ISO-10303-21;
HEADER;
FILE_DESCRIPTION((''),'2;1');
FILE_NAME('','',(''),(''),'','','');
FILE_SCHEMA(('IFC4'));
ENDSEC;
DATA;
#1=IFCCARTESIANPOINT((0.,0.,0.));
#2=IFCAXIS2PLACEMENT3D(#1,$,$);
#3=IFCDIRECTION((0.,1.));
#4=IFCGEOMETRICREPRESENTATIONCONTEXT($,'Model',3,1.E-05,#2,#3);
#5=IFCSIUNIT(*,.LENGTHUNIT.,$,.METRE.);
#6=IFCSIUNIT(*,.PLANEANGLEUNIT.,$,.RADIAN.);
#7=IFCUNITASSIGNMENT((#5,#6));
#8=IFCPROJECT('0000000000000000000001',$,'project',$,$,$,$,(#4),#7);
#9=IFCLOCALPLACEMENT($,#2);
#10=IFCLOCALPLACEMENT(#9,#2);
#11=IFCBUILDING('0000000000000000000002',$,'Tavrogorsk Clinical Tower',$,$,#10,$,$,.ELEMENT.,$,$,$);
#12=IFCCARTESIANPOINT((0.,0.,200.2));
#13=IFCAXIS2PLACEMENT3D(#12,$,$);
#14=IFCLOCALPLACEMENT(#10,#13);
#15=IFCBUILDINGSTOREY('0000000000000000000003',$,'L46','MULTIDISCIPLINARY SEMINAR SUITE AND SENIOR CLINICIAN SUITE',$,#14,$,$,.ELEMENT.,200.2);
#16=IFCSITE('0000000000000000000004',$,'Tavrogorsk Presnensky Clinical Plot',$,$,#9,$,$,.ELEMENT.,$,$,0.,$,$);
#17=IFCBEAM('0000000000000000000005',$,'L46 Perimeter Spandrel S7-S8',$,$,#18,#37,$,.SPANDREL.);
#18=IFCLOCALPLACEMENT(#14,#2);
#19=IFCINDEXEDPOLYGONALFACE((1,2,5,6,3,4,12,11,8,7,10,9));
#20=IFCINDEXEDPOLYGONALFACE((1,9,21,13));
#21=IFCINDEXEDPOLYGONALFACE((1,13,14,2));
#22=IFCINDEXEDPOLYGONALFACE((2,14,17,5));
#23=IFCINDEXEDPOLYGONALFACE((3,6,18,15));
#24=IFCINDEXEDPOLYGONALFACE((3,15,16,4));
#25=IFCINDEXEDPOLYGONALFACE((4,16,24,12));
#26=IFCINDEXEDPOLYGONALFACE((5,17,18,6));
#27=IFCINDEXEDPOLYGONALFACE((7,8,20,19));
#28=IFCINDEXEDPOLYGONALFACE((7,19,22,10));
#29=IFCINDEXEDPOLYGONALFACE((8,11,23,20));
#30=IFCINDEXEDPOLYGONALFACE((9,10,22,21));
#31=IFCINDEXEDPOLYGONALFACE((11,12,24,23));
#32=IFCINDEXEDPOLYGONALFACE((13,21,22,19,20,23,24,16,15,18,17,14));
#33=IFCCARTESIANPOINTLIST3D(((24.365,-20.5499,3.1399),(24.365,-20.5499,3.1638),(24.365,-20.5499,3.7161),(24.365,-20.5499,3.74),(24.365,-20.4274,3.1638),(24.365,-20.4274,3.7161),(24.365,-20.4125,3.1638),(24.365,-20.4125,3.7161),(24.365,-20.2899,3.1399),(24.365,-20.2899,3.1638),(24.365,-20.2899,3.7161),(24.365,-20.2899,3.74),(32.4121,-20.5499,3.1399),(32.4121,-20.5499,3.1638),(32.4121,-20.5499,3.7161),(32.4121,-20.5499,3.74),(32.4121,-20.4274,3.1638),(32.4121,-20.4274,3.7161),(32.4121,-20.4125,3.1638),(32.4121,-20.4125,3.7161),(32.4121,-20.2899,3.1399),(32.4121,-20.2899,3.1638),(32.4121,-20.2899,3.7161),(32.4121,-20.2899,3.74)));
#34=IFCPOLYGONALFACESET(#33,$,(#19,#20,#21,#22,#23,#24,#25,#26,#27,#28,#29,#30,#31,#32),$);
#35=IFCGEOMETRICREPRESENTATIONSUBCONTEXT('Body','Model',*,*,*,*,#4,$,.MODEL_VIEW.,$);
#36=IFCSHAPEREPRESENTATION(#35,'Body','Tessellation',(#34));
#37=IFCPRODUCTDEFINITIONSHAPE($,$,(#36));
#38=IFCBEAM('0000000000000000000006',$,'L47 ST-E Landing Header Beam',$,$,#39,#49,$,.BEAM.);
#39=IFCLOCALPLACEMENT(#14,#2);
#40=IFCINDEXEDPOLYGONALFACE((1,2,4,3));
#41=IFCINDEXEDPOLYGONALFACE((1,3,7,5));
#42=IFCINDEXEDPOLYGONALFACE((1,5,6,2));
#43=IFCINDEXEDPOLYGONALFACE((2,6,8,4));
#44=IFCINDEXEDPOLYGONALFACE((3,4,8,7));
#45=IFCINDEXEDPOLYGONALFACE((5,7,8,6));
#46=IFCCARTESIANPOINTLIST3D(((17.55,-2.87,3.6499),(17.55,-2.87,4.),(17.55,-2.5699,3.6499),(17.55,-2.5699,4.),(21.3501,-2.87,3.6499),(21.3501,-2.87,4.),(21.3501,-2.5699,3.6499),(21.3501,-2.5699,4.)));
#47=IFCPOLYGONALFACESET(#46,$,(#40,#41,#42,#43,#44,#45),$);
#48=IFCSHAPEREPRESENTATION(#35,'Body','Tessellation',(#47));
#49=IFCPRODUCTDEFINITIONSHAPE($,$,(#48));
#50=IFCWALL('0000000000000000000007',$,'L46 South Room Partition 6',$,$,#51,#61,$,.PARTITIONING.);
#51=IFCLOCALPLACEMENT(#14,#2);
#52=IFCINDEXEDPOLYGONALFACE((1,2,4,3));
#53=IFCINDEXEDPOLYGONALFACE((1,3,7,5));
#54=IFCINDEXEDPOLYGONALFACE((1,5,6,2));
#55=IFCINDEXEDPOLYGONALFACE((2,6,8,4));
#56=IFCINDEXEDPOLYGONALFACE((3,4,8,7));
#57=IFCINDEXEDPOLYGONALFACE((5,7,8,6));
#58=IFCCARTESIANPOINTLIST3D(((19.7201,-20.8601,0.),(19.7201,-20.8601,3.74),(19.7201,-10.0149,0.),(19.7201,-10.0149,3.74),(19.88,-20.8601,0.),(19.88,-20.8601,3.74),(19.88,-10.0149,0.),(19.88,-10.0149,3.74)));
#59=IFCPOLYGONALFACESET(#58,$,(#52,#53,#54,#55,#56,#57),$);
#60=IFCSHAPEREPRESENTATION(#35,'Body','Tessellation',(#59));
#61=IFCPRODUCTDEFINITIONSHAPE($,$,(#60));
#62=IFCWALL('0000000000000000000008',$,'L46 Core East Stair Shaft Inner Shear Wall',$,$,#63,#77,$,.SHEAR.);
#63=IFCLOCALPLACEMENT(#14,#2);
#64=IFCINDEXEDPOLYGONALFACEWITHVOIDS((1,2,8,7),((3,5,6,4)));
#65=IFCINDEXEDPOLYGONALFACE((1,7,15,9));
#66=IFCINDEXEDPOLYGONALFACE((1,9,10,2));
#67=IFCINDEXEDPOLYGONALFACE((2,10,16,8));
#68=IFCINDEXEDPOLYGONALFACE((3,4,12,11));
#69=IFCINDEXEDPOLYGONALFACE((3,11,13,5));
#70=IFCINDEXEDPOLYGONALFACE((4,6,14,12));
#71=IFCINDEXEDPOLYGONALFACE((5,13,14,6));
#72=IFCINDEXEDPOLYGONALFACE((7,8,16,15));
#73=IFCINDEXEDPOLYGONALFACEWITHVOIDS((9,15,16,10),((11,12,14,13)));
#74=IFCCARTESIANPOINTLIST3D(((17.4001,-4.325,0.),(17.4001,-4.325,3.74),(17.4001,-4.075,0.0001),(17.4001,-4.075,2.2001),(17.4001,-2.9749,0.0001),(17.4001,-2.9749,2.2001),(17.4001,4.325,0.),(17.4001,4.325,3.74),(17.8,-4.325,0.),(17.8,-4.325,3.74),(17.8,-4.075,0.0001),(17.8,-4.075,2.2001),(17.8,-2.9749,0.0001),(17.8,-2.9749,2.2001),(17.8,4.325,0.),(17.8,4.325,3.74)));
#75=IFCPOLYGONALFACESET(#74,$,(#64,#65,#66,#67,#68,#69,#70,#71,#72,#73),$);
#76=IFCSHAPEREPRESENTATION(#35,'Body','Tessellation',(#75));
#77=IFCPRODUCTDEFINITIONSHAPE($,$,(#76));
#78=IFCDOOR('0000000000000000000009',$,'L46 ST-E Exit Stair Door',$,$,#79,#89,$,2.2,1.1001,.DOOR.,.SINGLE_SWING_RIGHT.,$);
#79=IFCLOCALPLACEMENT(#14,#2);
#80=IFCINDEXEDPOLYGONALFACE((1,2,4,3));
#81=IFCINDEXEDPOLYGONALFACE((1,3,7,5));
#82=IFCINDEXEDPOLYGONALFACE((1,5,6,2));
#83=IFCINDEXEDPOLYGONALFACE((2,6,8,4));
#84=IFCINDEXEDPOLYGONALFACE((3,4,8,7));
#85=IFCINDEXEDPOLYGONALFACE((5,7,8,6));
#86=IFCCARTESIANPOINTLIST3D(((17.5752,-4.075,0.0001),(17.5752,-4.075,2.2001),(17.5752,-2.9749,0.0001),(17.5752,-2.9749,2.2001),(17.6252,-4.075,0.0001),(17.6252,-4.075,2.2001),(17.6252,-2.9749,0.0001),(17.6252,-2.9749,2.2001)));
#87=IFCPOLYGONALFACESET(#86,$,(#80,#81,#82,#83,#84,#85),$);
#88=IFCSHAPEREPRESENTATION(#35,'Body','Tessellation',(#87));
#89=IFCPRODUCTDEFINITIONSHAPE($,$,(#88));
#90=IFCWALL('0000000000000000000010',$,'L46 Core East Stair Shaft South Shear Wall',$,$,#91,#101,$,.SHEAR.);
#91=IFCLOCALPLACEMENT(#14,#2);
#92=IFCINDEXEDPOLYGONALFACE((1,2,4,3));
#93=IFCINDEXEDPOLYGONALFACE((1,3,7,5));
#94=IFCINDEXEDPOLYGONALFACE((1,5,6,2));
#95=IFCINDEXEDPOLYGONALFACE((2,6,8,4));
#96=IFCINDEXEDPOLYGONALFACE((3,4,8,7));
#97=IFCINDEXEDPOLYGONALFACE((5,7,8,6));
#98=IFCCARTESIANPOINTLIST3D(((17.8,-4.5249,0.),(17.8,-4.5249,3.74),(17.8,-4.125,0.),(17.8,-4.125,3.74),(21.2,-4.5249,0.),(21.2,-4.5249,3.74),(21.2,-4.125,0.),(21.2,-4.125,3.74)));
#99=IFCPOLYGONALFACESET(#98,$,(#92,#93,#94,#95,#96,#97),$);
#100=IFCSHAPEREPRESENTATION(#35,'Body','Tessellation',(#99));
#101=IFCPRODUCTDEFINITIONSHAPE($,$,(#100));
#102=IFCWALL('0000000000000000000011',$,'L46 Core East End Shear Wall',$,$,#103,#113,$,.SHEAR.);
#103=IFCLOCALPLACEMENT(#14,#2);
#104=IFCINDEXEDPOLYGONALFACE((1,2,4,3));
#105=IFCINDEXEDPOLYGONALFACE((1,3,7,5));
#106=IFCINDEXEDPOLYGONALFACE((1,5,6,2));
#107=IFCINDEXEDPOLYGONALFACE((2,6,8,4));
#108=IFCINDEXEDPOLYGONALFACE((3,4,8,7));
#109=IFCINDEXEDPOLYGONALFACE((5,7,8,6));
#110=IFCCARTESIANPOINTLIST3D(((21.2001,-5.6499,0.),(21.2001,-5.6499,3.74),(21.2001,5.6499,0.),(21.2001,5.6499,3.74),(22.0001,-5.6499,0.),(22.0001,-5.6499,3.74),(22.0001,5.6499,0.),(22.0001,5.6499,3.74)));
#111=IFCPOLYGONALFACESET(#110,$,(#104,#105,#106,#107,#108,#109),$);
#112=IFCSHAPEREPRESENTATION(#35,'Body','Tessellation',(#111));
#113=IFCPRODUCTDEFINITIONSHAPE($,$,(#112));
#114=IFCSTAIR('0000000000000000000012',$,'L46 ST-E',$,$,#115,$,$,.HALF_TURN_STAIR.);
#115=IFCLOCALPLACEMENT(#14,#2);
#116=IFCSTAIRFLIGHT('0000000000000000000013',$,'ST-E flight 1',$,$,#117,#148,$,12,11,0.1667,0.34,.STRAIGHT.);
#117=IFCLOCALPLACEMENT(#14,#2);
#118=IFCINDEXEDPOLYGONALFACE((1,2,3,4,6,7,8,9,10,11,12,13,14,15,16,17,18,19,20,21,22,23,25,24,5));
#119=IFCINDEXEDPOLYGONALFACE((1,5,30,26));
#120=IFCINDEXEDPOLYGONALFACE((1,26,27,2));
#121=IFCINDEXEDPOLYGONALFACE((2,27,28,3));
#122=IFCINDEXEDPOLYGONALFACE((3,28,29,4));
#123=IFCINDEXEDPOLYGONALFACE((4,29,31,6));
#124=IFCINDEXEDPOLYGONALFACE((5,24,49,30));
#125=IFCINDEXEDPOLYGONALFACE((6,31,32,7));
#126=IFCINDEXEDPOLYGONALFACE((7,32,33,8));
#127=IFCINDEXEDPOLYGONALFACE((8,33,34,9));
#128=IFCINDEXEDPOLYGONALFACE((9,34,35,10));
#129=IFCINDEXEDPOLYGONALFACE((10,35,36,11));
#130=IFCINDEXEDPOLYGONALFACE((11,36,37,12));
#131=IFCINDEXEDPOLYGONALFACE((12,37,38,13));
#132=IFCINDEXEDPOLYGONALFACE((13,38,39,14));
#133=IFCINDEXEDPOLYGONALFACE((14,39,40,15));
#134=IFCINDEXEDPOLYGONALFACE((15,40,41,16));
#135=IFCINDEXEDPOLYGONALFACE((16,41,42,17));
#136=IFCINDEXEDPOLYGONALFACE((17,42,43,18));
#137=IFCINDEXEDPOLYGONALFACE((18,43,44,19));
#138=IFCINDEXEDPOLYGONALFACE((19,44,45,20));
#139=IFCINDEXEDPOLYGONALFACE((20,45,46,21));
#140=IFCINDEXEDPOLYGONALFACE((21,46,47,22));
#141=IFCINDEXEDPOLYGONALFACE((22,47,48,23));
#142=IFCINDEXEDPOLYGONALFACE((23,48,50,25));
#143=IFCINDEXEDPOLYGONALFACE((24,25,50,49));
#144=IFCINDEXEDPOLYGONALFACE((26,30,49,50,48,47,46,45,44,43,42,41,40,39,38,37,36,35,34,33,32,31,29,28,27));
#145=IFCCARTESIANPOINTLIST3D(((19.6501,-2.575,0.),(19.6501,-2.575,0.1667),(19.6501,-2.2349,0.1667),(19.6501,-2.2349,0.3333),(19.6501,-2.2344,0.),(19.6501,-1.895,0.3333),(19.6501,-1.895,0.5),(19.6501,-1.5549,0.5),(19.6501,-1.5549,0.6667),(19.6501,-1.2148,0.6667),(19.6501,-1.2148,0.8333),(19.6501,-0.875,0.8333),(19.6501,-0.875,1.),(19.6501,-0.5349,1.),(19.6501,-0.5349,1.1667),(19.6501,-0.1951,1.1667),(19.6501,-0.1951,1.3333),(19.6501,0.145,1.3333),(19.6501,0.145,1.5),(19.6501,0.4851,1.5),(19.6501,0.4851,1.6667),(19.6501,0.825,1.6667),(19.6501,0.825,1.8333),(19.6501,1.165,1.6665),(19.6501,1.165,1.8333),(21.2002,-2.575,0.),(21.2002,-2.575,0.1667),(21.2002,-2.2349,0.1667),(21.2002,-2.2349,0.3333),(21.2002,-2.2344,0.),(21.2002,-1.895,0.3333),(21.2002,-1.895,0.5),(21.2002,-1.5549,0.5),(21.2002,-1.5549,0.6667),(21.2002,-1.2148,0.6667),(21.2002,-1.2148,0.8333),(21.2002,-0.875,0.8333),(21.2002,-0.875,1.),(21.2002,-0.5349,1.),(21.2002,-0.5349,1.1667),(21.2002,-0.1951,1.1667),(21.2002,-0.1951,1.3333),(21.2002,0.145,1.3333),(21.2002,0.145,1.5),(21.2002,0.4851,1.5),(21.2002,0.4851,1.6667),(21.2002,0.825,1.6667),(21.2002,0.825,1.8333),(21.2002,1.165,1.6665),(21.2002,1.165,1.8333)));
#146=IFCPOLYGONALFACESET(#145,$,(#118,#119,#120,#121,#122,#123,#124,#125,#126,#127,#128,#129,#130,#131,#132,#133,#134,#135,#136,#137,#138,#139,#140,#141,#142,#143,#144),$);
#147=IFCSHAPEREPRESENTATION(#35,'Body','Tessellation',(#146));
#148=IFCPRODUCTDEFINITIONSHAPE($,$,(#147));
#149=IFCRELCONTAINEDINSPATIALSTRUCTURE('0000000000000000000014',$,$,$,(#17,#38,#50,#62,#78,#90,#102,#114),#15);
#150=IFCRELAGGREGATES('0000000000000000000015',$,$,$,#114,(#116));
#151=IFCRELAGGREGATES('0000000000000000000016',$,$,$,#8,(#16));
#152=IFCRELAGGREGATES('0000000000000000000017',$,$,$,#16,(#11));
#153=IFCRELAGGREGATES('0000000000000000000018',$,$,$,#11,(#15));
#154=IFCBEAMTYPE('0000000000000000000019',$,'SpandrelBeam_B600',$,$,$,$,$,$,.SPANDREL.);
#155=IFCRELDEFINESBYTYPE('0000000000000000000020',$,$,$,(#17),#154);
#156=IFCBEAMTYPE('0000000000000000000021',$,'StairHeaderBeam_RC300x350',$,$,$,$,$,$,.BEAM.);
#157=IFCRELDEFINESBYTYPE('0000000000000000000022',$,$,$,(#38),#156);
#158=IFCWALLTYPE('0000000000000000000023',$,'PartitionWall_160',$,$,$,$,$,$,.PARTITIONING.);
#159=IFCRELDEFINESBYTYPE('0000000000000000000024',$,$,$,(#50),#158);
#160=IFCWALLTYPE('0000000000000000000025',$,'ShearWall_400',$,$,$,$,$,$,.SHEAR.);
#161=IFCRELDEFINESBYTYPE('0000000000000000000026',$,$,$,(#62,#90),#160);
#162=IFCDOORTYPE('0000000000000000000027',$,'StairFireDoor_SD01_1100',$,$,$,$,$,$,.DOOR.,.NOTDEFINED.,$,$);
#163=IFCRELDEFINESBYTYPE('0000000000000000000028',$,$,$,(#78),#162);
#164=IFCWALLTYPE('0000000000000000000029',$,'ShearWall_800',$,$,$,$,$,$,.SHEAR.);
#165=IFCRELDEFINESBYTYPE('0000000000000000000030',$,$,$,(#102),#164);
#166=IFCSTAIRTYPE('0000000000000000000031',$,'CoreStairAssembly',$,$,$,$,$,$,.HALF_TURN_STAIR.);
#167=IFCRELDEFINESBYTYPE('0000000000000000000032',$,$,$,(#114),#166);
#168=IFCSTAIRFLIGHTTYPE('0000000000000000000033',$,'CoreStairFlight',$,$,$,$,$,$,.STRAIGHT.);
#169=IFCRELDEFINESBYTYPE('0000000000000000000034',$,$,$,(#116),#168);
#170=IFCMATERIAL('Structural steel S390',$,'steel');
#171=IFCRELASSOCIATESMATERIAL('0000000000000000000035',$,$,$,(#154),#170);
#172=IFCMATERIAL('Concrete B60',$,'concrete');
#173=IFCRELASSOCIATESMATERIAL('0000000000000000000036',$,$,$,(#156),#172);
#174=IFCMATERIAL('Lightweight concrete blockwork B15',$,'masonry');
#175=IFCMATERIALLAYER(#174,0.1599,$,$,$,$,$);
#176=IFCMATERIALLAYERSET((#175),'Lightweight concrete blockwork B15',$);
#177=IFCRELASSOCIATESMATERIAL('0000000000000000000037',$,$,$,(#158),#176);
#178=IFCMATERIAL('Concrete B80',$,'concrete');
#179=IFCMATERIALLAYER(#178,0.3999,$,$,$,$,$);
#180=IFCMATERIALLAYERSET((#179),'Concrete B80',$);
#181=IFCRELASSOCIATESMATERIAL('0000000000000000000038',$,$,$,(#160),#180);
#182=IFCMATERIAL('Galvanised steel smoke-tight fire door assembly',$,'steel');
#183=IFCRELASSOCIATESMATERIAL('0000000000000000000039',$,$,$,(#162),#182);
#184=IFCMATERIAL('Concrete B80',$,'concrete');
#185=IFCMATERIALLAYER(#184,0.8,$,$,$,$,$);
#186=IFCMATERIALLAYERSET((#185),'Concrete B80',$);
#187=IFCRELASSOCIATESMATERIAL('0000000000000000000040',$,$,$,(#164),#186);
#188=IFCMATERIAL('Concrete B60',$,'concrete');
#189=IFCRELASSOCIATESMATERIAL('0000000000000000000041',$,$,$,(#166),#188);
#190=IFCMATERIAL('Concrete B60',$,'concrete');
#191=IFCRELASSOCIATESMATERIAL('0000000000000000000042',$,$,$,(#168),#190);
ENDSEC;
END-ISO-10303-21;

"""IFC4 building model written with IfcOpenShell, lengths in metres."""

from ifc_helpers import new_model, si_unit, direction, frame, frame_2d, origin, origin_2d, place, context, subcontext, project, spatial, polyline, rectangle, i_section, outline, extrude, material, layer, layer_set, material_profile, profile_set, type_object, element, fill, aggregate, save


model = new_model("IFC4")

# Units and contexts
model_context = context("Model", 3, precision=1e-05, world=origin(), true_north=direction((0.0, 1.0)))
body_context = subcontext(model_context, "Body", "Model", "MODEL_VIEW")
ifc_project = project(units=[si_unit("LENGTHUNIT", "METRE"), si_unit("PLANEANGLEUNIT", "RADIAN")], contexts=[model_context])

# Site, building, storey
site_placement = place(None, origin())
site = spatial("IfcSite", under=ifc_project, at=site_placement, Name="Tavrogorsk Presnensky Clinical Plot", CompositionType="ELEMENT", RefElevation=0.0)
building_placement = place(site_placement, origin())
building = spatial("IfcBuilding", under=site, at=building_placement, Name="Tavrogorsk Clinical Tower", CompositionType="ELEMENT")
storey_placement = place(building_placement, frame((0.0, 0.0, 200.2)))
storey = spatial("IfcBuildingStorey", under=building, at=storey_placement, Name="L46", Description="MULTIDISCIPLINARY SEMINAR SUITE AND SENIOR CLINICIAN SUITE", CompositionType="ELEMENT", Elevation=200.2)

# Beams
ifc_material_1 = material(Name="Structural steel S390", Category="steel")
ifc_material_profile_1 = material_profile(ifc_material_1, i_section(OverallWidth=0.26, OverallDepth=0.6001, WebThickness=0.0149, FlangeThickness=0.0239, at=origin_2d()), Name="B-600x260x15x24")
ifc_profile_set_1 = profile_set([ifc_material_profile_1], Name="Structural steel S390")
beam_type_1 = type_object("IfcBeamType", Name="SpandrelBeam_B600", PredefinedType="SPANDREL", material=ifc_profile_set_1)
beam_1_placement = place(storey_placement, frame((24.365, -20.4199, 3.4399), z_axis=(1.0, 0.0, 0.0), x_axis=(0.0, 1.0, 0.0)))
element("IfcBeam", 1, at=beam_1_placement, inside=storey, type_object=beam_type_1, Name="L46 Perimeter Spandrel S7-S8", PredefinedType="SPANDREL", context=body_context, shape_type="SweptSolid", body=[
    extrude(i_section(OverallWidth=0.26, OverallDepth=0.6001, WebThickness=0.0149, FlangeThickness=0.0239, at=origin_2d()), origin(), (0.0, 0.0, 1.0), 8.0471),
])
ifc_material_2 = material(Name="Concrete B60", Category="concrete")
ifc_material_profile_2 = material_profile(ifc_material_2, rectangle(XDim=0.3, YDim=0.3501, at=origin_2d()), Name="RC-SHB-300x350")
ifc_profile_set_2 = profile_set([ifc_material_profile_2], Name="Concrete B60")
beam_type_2 = type_object("IfcBeamType", Name="StairHeaderBeam_RC300x350", PredefinedType="BEAM", material=ifc_profile_set_2)
beam_2_placement = place(storey_placement, frame((17.55, -2.72, 3.825), z_axis=(1.0, 0.0, 0.0), x_axis=(0.0, 1.0, 0.0)))
element("IfcBeam", 2, at=beam_2_placement, inside=storey, type_object=beam_type_2, Name="L47 ST-E Landing Header Beam", PredefinedType="BEAM", context=body_context, shape_type="SweptSolid", body=[
    extrude(rectangle(XDim=0.3, YDim=0.3501, at=origin_2d()), origin(), (0.0, 0.0, 1.0), 3.8),
])

# Wall
ifc_material_3 = material(Name="Lightweight concrete blockwork B15", Category="masonry")
ifc_layer_1 = layer(ifc_material_3, 0.1599)
ifc_layer_set_1 = layer_set([ifc_layer_1], Name="Lightweight concrete blockwork B15")
wall_type_1 = type_object("IfcWallType", Name="PartitionWall_160", PredefinedType="PARTITIONING", material=ifc_layer_set_1)
wall_1_placement = place(storey_placement, frame((19.8, -20.8601, 0.0), z_axis=(0.0, 0.0, 1.0), x_axis=(0.0, 1.0, 0.0)))
element("IfcWall", 3, at=wall_1_placement, inside=storey, type_object=wall_type_1, Name="L46 South Room Partition 6", PredefinedType="PARTITIONING", context=body_context, shape_type="SweptSolid", body=[
    extrude(rectangle(XDim=10.8452, YDim=0.1599, at=frame_2d((5.4226, 0.0))), origin(), (0.0, 0.0, 1.0), 3.74),
])

# Wall, opening, door
ifc_material_4 = material(Name="Concrete B80", Category="concrete")
ifc_layer_2 = layer(ifc_material_4, 0.3999)
ifc_layer_set_2 = layer_set([ifc_layer_2], Name="Concrete B80")
wall_type_2 = type_object("IfcWallType", Name="ShearWall_400", PredefinedType="SHEAR", material=ifc_layer_set_2)
wall_2_placement = place(storey_placement, frame((17.6001, -4.325, 0.0), z_axis=(0.0, 0.0, 1.0), x_axis=(0.0, 1.0, 0.0)))
wall_2 = element("IfcWall", 4, at=wall_2_placement, inside=storey, type_object=wall_type_2, Name="L46 Core East Stair Shaft Inner Shear Wall", PredefinedType="SHEAR", context=body_context, shape_type="SweptSolid", body=[
    extrude(rectangle(XDim=8.6499, YDim=0.3999, at=frame_2d((4.325, 0.0))), origin(), (0.0, 0.0, 1.0), 3.74),
])
opening_placement = place(wall_2_placement, frame((0.25, 0.0, 0.0)))
opening = element("IfcOpeningElement", 5, at=opening_placement, cuts=wall_2, PredefinedType="OPENING", context=body_context, shape_type="SweptSolid", body=[
    extrude(rectangle(XDim=1.1001, YDim=2.2, at=frame_2d((0.55, 1.1001))), frame((0.0, 0.21, 0.0), z_axis=(0.0, -1.0, 0.0), x_axis=(1.0, 0.0, 0.0)), (0.0, 0.0, 1.0), 0.4199),
])
ifc_material_5 = material(Name="Galvanised steel smoke-tight fire door assembly", Category="steel")
door_type = type_object("IfcDoorType", Name="StairFireDoor_SD01_1100", OperationType="NOTDEFINED", PredefinedType="DOOR", material=ifc_material_5)
door_placement = place(opening_placement, origin())
door = element("IfcDoor", 6, at=door_placement, inside=storey, type_object=door_type, Name="L46 ST-E Exit Stair Door", OperationType="SINGLE_SWING_RIGHT", OverallHeight=2.2, OverallWidth=1.1001, PredefinedType="DOOR", context=body_context, shape_type="SweptSolid", body=[
    extrude(rectangle(XDim=1.1001, YDim=2.2, at=frame_2d((0.55, 1.1001))), frame((0.0, 0.0249, 0.0), z_axis=(0.0, -1.0, 0.0), x_axis=(1.0, 0.0, 0.0)), (0.0, 0.0, 1.0), 0.05),
])
fill(opening, door)

# Walls
wall_3_placement = place(storey_placement, frame((17.8, -4.325, 0.0), z_axis=(0.0, 0.0, 1.0), x_axis=(1.0, 0.0, 0.0)))
element("IfcWall", 7, at=wall_3_placement, inside=storey, type_object=wall_type_2, Name="L46 Core East Stair Shaft South Shear Wall", PredefinedType="SHEAR", context=body_context, shape_type="SweptSolid", body=[
    extrude(rectangle(XDim=3.3999, YDim=0.3999, at=frame_2d((1.7, 0.0))), origin(), (0.0, 0.0, 1.0), 3.74),
])
ifc_material_6 = material(Name="Concrete B80", Category="concrete")
ifc_layer_3 = layer(ifc_material_6, 0.8)
ifc_layer_set_3 = layer_set([ifc_layer_3], Name="Concrete B80")
wall_type_3 = type_object("IfcWallType", Name="ShearWall_800", PredefinedType="SHEAR", material=ifc_layer_set_3)
wall_4_placement = place(storey_placement, frame((21.6001, -5.6499, 0.0), z_axis=(0.0, 0.0, 1.0), x_axis=(0.0, 1.0, 0.0)))
element("IfcWall", 8, at=wall_4_placement, inside=storey, type_object=wall_type_3, Name="L46 Core East End Shear Wall", PredefinedType="SHEAR", context=body_context, shape_type="SweptSolid", body=[
    extrude(rectangle(XDim=11.2998, YDim=0.8, at=frame_2d((5.6499, 0.0))), origin(), (0.0, 0.0, 1.0), 3.74),
])

# Stair, stair flight
ifc_material_7 = material(Name="Concrete B60", Category="concrete")
stair_type = type_object("IfcStairType", Name="CoreStairAssembly", PredefinedType="HALF_TURN_STAIR", material=ifc_material_7)
stair_placement = place(storey_placement, origin())
stair = element("IfcStair", 9, at=stair_placement, inside=storey, type_object=stair_type, Name="L46 ST-E", PredefinedType="HALF_TURN_STAIR")
ifc_material_8 = material(Name="Concrete B60", Category="concrete")
stair_flight_type = type_object("IfcStairFlightType", Name="CoreStairFlight", PredefinedType="STRAIGHT", material=ifc_material_8)
stair_flight_placement = place(storey_placement, frame((20.425, -2.575, 0.0), z_axis=(0.0, 0.0, 1.0), x_axis=(0.0, 1.0, 0.0)))
stair_flight = element("IfcStairFlight", 10, at=stair_flight_placement, type_object=stair_flight_type, Name="ST-E flight 1", NumberOfRisers=12, NumberOfTreads=11, PredefinedType="STRAIGHT", RiserHeight=0.1667, TreadLength=0.34, context=body_context, shape_type="SweptSolid", body=[
    extrude(outline(polyline([(0.0, 0.0), (0.0, 0.1667), (0.3401, 0.1667), (0.3401, 0.3333), (0.6799, 0.3333), (0.6799, 0.5), (1.02, 0.5), (1.02, 0.6667), (1.3601, 0.6667), (1.3601, 0.8333), (1.7, 0.8333), (1.7, 1.0), (2.04, 1.0), (2.04, 1.1667), (2.3799, 1.1667), (2.3799, 1.3333), (2.72, 1.3333), (2.72, 1.5), (3.0601, 1.5), (3.0601, 1.6667), (3.3999, 1.6667), (3.3999, 1.8333), (3.74, 1.8333), (3.74, 2.0), (3.74, 1.6665), (0.3406, 0.0), (0.0, 0.0)])), frame((0.0, 0.7749, 0.0), z_axis=(0.0, -1.0, 0.0), x_axis=(1.0, 0.0, 0.0)), (0.0, 0.0, 1.0), 1.55),
])
aggregate(stair, [stair_flight])

save(model, "model.ifc")
